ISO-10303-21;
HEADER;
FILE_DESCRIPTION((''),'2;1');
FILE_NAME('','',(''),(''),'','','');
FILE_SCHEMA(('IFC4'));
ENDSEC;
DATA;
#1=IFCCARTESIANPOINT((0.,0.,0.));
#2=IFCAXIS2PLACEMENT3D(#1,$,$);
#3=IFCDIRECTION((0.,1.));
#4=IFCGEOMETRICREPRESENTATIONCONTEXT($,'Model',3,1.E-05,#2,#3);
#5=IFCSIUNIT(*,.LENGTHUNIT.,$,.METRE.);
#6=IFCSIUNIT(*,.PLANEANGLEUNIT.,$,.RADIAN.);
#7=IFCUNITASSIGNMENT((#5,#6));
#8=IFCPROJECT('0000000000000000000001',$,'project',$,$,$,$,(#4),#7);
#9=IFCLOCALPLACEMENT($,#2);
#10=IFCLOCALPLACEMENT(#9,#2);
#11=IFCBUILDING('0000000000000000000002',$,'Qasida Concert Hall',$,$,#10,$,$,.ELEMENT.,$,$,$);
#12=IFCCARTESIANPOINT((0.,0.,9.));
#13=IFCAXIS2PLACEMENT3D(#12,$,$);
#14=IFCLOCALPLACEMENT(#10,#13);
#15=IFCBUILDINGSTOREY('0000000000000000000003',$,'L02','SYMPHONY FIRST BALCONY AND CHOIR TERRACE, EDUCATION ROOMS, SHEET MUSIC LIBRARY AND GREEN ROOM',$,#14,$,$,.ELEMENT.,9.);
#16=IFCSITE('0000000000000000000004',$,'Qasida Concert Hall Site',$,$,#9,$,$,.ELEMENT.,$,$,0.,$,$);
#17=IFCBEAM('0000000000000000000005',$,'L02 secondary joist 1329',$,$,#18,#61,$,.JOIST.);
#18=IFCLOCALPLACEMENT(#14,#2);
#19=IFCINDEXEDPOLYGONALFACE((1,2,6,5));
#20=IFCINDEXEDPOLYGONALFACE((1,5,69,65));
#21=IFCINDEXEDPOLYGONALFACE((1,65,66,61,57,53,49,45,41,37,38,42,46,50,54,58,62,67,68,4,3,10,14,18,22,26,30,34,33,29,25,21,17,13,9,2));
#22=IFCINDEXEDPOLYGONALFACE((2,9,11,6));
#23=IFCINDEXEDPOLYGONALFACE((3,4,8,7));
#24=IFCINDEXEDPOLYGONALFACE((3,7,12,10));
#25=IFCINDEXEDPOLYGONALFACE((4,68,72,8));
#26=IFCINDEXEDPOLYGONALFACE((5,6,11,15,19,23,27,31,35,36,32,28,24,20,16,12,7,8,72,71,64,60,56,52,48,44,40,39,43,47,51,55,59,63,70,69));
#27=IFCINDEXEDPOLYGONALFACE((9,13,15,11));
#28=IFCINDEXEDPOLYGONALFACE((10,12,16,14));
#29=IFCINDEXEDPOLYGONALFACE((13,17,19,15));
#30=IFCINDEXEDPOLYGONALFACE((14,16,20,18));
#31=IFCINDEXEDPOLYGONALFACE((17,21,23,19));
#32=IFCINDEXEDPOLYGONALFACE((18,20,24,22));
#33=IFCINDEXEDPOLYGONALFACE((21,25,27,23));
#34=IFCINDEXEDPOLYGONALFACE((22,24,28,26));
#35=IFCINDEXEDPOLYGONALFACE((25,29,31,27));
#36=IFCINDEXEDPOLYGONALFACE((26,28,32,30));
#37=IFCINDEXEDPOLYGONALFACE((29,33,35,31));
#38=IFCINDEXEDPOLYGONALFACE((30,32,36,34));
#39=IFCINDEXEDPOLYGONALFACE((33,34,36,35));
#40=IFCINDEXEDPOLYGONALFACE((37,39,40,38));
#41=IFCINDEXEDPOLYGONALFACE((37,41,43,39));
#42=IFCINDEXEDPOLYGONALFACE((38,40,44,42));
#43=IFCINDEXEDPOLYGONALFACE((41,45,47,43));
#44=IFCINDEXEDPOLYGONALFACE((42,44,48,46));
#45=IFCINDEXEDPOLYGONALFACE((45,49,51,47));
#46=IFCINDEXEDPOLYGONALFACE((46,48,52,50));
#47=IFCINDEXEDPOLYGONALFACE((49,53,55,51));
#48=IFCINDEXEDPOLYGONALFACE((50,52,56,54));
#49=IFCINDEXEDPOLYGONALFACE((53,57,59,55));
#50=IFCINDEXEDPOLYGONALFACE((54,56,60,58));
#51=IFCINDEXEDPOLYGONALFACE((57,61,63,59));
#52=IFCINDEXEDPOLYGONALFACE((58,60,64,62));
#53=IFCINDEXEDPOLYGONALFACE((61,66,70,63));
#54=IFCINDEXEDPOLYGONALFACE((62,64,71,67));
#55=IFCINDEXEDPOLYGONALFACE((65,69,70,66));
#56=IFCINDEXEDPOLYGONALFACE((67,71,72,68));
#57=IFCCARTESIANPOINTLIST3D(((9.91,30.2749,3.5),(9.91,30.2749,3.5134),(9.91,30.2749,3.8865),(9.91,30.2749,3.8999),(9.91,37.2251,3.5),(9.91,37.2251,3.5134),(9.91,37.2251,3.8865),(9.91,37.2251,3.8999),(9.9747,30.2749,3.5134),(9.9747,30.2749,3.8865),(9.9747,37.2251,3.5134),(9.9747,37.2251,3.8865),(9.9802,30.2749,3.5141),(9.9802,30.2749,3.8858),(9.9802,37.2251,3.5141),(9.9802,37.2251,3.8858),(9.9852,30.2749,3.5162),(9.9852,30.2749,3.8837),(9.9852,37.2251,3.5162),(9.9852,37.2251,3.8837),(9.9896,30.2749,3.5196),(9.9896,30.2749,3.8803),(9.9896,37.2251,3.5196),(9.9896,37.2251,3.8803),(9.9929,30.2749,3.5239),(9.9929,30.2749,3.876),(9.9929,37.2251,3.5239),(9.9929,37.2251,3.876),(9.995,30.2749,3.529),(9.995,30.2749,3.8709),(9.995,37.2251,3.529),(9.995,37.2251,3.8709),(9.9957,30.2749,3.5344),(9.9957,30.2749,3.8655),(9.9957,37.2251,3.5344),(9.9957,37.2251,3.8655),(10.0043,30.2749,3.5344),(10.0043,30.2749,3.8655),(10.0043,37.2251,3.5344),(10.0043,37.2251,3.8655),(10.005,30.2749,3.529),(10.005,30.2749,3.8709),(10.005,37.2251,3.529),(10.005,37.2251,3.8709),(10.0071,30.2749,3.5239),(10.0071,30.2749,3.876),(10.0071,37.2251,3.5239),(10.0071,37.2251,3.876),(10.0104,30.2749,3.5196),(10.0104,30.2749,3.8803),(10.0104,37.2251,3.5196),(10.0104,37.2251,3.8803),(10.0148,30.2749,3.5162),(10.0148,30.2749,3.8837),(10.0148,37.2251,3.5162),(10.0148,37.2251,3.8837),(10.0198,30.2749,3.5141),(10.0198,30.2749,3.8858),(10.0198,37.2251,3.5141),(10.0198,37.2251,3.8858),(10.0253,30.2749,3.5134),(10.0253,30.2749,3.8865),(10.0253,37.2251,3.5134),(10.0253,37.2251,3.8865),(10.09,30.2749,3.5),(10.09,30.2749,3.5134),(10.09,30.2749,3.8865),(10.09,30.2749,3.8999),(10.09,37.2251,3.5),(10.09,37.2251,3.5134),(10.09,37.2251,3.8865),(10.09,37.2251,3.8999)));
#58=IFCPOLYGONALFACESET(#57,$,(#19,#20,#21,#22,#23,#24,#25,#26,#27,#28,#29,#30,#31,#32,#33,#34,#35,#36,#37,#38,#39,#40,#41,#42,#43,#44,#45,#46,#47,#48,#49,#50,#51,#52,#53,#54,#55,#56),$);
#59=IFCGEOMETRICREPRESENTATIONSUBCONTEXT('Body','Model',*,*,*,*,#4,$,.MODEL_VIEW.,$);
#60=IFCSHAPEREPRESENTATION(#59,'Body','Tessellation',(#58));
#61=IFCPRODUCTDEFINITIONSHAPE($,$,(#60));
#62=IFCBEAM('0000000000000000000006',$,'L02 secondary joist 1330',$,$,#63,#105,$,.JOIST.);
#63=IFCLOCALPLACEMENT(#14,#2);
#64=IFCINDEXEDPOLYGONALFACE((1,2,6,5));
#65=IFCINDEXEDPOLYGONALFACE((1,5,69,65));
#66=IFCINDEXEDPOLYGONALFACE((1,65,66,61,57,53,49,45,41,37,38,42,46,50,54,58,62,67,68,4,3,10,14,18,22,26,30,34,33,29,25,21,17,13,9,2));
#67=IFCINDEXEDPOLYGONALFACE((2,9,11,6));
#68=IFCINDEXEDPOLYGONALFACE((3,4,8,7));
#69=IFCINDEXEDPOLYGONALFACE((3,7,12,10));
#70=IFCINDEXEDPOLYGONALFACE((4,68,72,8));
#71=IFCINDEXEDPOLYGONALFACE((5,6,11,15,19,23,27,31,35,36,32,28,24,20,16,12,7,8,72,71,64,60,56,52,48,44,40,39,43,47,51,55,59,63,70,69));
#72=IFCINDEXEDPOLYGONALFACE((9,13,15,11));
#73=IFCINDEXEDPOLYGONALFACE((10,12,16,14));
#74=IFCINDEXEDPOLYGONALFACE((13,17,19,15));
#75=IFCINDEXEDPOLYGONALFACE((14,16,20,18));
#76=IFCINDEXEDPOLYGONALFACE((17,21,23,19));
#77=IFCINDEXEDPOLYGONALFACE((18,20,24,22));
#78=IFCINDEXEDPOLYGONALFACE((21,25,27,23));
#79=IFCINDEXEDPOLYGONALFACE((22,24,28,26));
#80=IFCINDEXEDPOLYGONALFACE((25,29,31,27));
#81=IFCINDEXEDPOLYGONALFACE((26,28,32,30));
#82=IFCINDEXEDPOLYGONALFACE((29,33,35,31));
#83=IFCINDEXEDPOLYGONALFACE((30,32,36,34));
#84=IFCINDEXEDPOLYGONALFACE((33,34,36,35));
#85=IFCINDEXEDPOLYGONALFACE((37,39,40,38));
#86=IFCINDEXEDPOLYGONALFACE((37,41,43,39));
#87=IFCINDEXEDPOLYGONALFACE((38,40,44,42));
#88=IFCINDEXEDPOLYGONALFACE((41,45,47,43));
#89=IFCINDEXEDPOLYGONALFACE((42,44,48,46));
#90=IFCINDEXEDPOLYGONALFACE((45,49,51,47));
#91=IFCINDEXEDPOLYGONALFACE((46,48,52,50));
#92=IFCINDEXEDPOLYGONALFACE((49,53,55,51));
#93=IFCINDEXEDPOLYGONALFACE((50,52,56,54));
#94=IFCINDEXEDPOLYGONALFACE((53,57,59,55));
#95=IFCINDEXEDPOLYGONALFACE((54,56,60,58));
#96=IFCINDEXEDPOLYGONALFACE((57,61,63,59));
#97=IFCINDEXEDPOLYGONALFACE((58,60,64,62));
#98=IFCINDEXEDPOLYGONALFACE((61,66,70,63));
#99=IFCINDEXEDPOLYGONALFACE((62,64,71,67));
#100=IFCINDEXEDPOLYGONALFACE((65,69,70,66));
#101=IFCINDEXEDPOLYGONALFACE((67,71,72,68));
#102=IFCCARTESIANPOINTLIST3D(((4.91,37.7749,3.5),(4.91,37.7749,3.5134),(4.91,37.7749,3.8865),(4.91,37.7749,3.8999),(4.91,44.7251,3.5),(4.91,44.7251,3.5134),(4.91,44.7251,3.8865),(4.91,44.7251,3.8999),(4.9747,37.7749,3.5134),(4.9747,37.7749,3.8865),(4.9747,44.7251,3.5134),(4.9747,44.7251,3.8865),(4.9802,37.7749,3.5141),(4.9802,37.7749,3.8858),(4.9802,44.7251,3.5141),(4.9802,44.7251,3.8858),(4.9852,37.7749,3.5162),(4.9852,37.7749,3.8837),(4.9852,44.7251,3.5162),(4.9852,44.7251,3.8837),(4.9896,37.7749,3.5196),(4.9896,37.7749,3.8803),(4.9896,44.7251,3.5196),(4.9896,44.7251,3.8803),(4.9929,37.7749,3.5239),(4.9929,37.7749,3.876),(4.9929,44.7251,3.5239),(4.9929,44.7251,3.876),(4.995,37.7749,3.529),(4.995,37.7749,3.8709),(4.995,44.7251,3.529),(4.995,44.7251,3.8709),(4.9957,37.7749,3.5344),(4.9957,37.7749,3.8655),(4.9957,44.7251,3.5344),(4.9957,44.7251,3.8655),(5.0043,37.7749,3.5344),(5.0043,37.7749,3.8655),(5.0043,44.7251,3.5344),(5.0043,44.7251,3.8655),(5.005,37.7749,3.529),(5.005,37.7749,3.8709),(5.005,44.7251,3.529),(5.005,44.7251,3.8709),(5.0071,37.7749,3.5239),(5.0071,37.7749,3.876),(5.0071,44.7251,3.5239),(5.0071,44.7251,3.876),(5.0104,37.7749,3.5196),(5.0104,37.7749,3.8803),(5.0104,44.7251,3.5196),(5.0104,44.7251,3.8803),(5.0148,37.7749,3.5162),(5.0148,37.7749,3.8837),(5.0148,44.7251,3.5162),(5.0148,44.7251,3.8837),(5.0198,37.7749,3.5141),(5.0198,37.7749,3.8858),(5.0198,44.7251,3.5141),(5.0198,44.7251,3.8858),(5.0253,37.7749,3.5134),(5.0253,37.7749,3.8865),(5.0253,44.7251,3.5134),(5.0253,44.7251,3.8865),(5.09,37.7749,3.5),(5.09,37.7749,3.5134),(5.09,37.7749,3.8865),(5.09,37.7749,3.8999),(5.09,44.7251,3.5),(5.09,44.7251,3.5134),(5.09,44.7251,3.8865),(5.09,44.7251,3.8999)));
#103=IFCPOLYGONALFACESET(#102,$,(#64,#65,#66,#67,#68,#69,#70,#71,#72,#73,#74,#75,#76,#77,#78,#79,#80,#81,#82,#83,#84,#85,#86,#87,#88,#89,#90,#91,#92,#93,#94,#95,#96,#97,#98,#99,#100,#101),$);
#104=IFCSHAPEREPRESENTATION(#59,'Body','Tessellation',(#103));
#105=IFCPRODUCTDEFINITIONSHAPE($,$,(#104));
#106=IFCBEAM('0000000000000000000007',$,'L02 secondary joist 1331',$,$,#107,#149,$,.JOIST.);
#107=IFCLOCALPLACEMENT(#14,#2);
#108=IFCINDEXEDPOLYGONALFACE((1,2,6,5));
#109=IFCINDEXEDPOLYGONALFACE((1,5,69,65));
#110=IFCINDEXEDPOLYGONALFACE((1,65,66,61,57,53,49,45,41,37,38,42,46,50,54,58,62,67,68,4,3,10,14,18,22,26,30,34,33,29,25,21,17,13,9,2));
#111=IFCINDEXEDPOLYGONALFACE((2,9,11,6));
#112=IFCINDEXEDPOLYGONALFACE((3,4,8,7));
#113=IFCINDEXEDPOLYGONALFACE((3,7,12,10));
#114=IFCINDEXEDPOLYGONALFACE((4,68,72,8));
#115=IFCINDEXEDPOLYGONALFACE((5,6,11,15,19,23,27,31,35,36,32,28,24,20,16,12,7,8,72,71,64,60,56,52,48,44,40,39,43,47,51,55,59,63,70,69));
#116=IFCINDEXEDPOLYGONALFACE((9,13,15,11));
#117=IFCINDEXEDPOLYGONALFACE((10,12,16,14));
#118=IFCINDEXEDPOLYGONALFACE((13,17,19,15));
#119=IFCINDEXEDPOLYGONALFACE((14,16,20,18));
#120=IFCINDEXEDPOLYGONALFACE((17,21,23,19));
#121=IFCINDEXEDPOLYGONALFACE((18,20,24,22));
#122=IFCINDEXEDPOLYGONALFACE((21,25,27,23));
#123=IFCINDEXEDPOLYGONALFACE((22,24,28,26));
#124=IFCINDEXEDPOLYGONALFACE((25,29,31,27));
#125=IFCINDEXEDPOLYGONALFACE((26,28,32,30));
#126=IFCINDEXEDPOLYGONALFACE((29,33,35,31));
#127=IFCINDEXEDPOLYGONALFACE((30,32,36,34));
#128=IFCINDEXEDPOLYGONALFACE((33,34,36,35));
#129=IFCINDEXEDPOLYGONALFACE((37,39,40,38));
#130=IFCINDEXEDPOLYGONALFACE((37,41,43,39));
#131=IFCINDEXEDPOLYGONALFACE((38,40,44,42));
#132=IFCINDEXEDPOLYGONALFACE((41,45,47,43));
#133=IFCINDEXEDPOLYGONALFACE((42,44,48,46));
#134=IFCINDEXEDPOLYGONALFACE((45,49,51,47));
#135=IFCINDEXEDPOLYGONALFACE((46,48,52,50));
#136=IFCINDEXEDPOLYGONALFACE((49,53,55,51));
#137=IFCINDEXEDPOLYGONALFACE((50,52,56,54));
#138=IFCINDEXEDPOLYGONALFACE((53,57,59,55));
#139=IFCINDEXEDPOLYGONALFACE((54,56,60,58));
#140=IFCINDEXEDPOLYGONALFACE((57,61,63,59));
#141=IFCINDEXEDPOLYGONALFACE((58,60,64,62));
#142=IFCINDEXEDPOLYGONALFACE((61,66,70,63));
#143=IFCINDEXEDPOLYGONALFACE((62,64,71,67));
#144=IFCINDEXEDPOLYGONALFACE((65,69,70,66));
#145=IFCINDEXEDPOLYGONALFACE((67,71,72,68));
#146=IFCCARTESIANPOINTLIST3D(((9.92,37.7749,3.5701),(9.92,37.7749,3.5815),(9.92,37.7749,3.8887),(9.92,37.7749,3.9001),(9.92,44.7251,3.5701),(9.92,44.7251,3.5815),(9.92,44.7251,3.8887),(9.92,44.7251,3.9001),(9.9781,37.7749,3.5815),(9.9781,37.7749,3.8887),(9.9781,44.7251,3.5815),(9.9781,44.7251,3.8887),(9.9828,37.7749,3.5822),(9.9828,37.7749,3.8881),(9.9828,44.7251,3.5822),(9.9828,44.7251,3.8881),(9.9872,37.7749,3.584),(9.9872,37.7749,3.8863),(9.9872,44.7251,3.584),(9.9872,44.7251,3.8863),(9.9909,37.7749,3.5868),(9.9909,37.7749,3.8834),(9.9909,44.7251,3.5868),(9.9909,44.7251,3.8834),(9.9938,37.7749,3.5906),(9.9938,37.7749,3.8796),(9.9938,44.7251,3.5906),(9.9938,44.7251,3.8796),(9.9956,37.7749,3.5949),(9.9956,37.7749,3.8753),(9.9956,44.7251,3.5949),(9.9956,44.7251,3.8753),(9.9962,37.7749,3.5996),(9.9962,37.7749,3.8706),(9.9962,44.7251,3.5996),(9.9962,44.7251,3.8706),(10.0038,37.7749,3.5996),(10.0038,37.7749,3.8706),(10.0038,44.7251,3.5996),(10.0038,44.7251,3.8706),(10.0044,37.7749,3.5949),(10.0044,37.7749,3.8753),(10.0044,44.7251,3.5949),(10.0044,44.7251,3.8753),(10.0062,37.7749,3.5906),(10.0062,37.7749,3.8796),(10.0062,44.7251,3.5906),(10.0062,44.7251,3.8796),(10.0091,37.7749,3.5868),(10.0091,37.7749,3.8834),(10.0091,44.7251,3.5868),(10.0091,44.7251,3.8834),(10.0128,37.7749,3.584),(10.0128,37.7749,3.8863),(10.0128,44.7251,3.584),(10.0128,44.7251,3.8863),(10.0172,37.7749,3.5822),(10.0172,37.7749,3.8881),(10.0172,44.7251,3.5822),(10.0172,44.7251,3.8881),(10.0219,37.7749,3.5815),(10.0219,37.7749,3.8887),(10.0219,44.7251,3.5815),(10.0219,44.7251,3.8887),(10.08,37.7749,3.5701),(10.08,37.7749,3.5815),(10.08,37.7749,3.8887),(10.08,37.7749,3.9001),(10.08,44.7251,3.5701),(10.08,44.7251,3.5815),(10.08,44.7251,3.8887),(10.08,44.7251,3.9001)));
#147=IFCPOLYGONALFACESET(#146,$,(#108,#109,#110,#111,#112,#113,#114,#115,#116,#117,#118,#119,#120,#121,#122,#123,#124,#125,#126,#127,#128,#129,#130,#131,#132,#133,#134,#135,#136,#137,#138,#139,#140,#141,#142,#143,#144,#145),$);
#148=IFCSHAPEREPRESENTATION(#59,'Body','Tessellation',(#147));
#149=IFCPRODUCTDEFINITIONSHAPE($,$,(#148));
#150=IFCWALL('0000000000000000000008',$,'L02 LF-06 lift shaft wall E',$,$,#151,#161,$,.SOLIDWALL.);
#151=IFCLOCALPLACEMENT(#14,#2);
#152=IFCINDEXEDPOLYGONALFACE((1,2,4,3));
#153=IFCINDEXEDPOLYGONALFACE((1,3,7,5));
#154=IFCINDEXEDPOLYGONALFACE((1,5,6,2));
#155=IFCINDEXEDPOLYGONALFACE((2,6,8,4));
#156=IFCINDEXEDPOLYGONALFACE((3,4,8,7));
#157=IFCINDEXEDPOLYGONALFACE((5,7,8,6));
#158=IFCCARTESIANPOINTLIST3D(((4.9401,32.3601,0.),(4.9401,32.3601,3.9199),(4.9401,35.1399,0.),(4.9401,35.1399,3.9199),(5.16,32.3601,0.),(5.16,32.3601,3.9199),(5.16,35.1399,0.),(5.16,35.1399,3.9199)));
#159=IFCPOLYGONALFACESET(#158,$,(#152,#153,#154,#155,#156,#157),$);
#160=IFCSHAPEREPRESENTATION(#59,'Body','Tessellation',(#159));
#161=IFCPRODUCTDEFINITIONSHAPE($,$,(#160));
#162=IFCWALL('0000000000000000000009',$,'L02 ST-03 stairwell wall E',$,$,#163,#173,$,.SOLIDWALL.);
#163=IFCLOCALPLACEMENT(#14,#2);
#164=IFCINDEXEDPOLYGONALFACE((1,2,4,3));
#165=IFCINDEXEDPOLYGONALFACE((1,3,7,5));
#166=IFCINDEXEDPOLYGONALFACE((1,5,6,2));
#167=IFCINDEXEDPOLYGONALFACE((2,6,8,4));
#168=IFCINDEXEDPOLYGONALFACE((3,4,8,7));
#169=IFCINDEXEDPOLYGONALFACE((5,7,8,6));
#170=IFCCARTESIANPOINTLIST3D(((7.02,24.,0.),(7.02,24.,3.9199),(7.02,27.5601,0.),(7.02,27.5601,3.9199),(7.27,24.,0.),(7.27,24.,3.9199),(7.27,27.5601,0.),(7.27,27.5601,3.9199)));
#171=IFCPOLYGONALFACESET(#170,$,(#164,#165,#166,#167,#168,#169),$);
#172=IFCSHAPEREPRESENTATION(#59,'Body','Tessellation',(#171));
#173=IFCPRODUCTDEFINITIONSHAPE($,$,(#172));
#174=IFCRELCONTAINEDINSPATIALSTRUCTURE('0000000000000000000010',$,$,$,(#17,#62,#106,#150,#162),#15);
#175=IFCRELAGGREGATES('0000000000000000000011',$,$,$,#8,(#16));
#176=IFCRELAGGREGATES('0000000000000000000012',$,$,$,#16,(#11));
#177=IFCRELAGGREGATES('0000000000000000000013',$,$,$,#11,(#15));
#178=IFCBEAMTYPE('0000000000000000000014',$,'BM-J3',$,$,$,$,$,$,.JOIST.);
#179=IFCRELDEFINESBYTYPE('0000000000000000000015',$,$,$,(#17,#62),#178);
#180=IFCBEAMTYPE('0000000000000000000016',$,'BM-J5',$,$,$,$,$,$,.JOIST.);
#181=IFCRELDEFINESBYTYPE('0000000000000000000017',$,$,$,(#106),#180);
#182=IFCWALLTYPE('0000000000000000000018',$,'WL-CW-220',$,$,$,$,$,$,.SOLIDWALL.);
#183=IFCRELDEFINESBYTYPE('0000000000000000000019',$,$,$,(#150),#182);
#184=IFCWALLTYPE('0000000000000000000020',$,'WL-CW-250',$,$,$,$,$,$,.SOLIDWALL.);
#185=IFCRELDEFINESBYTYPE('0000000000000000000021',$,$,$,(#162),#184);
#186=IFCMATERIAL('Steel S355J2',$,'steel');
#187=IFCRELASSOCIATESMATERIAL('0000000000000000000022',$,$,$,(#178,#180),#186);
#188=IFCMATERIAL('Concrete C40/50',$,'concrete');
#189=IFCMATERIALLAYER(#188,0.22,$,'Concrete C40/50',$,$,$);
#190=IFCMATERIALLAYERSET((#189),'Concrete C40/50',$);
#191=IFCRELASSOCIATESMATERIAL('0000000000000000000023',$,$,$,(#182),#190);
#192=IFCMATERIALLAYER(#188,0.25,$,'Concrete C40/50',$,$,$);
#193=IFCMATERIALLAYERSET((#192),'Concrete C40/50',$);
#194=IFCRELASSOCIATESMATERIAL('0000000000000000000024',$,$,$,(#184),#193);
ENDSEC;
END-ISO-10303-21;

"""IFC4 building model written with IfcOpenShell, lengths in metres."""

from ifc_helpers import new_model, si_unit, direction, frame, frame_2d, origin, origin_2d, place, context, subcontext, project, spatial, rectangle, i_section, extrude, material, layer, layer_set, material_profile, profile_set, type_object, element, save


model = new_model("IFC4")

# Units and contexts
model_context = context("Model", 3, precision=1e-05, world=origin(), true_north=direction((0.0, 1.0)))
body_context = subcontext(model_context, "Body", "Model", "MODEL_VIEW")
ifc_project = project(units=[si_unit("LENGTHUNIT", "METRE"), si_unit("PLANEANGLEUNIT", "RADIAN")], contexts=[model_context])

# Site, building, storey
site_placement = place(None, origin())
site = spatial("IfcSite", under=ifc_project, at=site_placement, Name="Qasida Concert Hall Site", CompositionType="ELEMENT", RefElevation=0.0)
building_placement = place(site_placement, origin())
building = spatial("IfcBuilding", under=site, at=building_placement, Name="Qasida Concert Hall", CompositionType="ELEMENT")
storey_placement = place(building_placement, frame((0.0, 0.0, 9.0)))
storey = spatial("IfcBuildingStorey", under=building, at=storey_placement, Name="L02", Description="SYMPHONY FIRST BALCONY AND CHOIR TERRACE, EDUCATION ROOMS, SHEET MUSIC LIBRARY AND GREEN ROOM", CompositionType="ELEMENT", Elevation=9.0)

# Beams
ifc_material_1 = material(Name="Concrete C40/50", Category="concrete")
ifc_material_2 = material(Name="Steel S355J2", Category="steel")
ifc_material_profile_1 = material_profile(ifc_material_2, i_section(OverallWidth=0.1799, OverallDepth=0.3999, WebThickness=0.0085, FlangeThickness=0.0134, FilletRadius=0.021, at=origin_2d()), Name="IPE 400")
ifc_profile_set_1 = profile_set([ifc_material_profile_1], Name="Steel S355J2")
beam_type_1 = type_object("IfcBeamType", Name="BM-J3", PredefinedType="JOIST", material=ifc_profile_set_1)
for number, where, z_axis, x_axis, name in (
    (1, (10.0, 30.2749, 3.7), (0.0, 1.0, 0.0), (-1.0, 0.0, 0.0), "L02 secondary joist 1329"),
    (2, (5.0, 37.7749, 3.7), (0.0, 1.0, 0.0), (-1.0, 0.0, 0.0), "L02 secondary joist 1330"),
):
    element("IfcBeam", number, at=place(storey_placement, frame(where, z_axis=z_axis, x_axis=x_axis)), inside=storey, type_object=beam_type_1, Name=name, PredefinedType="JOIST", context=body_context, shape_type="SweptSolid", body=[
        extrude(i_section(OverallWidth=0.1799, OverallDepth=0.3999, WebThickness=0.0085, FlangeThickness=0.0134, FilletRadius=0.021, at=origin_2d()), origin(), (0.0, 0.0, 1.0), 6.9502),
    ])
ifc_material_profile_2 = material_profile(ifc_material_2, i_section(OverallWidth=0.1599, OverallDepth=0.3301, WebThickness=0.0076, FlangeThickness=0.0115, FilletRadius=0.0181, at=origin_2d()), Name="IPE 330")
ifc_profile_set_2 = profile_set([ifc_material_profile_2], Name="Steel S355J2")
beam_type_2 = type_object("IfcBeamType", Name="BM-J5", PredefinedType="JOIST", material=ifc_profile_set_2)
beam_1_placement = place(storey_placement, frame((10.0, 37.7749, 3.7351), z_axis=(0.0, 1.0, 0.0), x_axis=(-1.0, 0.0, 0.0)))
element("IfcBeam", 3, at=beam_1_placement, inside=storey, type_object=beam_type_2, Name="L02 secondary joist 1331", PredefinedType="JOIST", context=body_context, shape_type="SweptSolid", body=[
    extrude(i_section(OverallWidth=0.1599, OverallDepth=0.3301, WebThickness=0.0076, FlangeThickness=0.0115, FilletRadius=0.0181, at=origin_2d()), origin(), (0.0, 0.0, 1.0), 6.9502),
])

# Wall
ifc_layer_1 = layer(ifc_material_1, 0.22, Name="Concrete C40/50")
ifc_layer_set_1 = layer_set([ifc_layer_1], Name="Concrete C40/50")
wall_type_1 = type_object("IfcWallType", Name="WL-CW-220", PredefinedType="SOLIDWALL", material=ifc_layer_set_1)
wall_1_placement = place(storey_placement, frame((5.05, 32.3601, 0.0), z_axis=(0.0, 0.0, 1.0), x_axis=(0.0, 1.0, 0.0)))
element("IfcWall", 4, at=wall_1_placement, inside=storey, type_object=wall_type_1, Name="L02 LF-06 lift shaft wall E", PredefinedType="SOLIDWALL", context=body_context, shape_type="SweptSolid", body=[
    extrude(rectangle(XDim=2.7798, YDim=0.22, at=frame_2d((1.3899, 0.0))), origin(), (0.0, 0.0, 1.0), 3.9199),
])

# Wall
ifc_layer_2 = layer(ifc_material_1, 0.25, Name="Concrete C40/50")
ifc_layer_set_2 = layer_set([ifc_layer_2], Name="Concrete C40/50")
wall_type_2 = type_object("IfcWallType", Name="WL-CW-250", PredefinedType="SOLIDWALL", material=ifc_layer_set_2)
wall_2_placement = place(storey_placement, frame((7.145, 24.0, 0.0), z_axis=(0.0, 0.0, 1.0), x_axis=(0.0, 1.0, 0.0)))
element("IfcWall", 5, at=wall_2_placement, inside=storey, type_object=wall_type_2, Name="L02 ST-03 stairwell wall E", PredefinedType="SOLIDWALL", context=body_context, shape_type="SweptSolid", body=[
    extrude(rectangle(XDim=3.5601, YDim=0.25, at=frame_2d((1.78, 0.0))), origin(), (0.0, 0.0, 1.0), 3.9199),
])

save(model, "model.ifc")
